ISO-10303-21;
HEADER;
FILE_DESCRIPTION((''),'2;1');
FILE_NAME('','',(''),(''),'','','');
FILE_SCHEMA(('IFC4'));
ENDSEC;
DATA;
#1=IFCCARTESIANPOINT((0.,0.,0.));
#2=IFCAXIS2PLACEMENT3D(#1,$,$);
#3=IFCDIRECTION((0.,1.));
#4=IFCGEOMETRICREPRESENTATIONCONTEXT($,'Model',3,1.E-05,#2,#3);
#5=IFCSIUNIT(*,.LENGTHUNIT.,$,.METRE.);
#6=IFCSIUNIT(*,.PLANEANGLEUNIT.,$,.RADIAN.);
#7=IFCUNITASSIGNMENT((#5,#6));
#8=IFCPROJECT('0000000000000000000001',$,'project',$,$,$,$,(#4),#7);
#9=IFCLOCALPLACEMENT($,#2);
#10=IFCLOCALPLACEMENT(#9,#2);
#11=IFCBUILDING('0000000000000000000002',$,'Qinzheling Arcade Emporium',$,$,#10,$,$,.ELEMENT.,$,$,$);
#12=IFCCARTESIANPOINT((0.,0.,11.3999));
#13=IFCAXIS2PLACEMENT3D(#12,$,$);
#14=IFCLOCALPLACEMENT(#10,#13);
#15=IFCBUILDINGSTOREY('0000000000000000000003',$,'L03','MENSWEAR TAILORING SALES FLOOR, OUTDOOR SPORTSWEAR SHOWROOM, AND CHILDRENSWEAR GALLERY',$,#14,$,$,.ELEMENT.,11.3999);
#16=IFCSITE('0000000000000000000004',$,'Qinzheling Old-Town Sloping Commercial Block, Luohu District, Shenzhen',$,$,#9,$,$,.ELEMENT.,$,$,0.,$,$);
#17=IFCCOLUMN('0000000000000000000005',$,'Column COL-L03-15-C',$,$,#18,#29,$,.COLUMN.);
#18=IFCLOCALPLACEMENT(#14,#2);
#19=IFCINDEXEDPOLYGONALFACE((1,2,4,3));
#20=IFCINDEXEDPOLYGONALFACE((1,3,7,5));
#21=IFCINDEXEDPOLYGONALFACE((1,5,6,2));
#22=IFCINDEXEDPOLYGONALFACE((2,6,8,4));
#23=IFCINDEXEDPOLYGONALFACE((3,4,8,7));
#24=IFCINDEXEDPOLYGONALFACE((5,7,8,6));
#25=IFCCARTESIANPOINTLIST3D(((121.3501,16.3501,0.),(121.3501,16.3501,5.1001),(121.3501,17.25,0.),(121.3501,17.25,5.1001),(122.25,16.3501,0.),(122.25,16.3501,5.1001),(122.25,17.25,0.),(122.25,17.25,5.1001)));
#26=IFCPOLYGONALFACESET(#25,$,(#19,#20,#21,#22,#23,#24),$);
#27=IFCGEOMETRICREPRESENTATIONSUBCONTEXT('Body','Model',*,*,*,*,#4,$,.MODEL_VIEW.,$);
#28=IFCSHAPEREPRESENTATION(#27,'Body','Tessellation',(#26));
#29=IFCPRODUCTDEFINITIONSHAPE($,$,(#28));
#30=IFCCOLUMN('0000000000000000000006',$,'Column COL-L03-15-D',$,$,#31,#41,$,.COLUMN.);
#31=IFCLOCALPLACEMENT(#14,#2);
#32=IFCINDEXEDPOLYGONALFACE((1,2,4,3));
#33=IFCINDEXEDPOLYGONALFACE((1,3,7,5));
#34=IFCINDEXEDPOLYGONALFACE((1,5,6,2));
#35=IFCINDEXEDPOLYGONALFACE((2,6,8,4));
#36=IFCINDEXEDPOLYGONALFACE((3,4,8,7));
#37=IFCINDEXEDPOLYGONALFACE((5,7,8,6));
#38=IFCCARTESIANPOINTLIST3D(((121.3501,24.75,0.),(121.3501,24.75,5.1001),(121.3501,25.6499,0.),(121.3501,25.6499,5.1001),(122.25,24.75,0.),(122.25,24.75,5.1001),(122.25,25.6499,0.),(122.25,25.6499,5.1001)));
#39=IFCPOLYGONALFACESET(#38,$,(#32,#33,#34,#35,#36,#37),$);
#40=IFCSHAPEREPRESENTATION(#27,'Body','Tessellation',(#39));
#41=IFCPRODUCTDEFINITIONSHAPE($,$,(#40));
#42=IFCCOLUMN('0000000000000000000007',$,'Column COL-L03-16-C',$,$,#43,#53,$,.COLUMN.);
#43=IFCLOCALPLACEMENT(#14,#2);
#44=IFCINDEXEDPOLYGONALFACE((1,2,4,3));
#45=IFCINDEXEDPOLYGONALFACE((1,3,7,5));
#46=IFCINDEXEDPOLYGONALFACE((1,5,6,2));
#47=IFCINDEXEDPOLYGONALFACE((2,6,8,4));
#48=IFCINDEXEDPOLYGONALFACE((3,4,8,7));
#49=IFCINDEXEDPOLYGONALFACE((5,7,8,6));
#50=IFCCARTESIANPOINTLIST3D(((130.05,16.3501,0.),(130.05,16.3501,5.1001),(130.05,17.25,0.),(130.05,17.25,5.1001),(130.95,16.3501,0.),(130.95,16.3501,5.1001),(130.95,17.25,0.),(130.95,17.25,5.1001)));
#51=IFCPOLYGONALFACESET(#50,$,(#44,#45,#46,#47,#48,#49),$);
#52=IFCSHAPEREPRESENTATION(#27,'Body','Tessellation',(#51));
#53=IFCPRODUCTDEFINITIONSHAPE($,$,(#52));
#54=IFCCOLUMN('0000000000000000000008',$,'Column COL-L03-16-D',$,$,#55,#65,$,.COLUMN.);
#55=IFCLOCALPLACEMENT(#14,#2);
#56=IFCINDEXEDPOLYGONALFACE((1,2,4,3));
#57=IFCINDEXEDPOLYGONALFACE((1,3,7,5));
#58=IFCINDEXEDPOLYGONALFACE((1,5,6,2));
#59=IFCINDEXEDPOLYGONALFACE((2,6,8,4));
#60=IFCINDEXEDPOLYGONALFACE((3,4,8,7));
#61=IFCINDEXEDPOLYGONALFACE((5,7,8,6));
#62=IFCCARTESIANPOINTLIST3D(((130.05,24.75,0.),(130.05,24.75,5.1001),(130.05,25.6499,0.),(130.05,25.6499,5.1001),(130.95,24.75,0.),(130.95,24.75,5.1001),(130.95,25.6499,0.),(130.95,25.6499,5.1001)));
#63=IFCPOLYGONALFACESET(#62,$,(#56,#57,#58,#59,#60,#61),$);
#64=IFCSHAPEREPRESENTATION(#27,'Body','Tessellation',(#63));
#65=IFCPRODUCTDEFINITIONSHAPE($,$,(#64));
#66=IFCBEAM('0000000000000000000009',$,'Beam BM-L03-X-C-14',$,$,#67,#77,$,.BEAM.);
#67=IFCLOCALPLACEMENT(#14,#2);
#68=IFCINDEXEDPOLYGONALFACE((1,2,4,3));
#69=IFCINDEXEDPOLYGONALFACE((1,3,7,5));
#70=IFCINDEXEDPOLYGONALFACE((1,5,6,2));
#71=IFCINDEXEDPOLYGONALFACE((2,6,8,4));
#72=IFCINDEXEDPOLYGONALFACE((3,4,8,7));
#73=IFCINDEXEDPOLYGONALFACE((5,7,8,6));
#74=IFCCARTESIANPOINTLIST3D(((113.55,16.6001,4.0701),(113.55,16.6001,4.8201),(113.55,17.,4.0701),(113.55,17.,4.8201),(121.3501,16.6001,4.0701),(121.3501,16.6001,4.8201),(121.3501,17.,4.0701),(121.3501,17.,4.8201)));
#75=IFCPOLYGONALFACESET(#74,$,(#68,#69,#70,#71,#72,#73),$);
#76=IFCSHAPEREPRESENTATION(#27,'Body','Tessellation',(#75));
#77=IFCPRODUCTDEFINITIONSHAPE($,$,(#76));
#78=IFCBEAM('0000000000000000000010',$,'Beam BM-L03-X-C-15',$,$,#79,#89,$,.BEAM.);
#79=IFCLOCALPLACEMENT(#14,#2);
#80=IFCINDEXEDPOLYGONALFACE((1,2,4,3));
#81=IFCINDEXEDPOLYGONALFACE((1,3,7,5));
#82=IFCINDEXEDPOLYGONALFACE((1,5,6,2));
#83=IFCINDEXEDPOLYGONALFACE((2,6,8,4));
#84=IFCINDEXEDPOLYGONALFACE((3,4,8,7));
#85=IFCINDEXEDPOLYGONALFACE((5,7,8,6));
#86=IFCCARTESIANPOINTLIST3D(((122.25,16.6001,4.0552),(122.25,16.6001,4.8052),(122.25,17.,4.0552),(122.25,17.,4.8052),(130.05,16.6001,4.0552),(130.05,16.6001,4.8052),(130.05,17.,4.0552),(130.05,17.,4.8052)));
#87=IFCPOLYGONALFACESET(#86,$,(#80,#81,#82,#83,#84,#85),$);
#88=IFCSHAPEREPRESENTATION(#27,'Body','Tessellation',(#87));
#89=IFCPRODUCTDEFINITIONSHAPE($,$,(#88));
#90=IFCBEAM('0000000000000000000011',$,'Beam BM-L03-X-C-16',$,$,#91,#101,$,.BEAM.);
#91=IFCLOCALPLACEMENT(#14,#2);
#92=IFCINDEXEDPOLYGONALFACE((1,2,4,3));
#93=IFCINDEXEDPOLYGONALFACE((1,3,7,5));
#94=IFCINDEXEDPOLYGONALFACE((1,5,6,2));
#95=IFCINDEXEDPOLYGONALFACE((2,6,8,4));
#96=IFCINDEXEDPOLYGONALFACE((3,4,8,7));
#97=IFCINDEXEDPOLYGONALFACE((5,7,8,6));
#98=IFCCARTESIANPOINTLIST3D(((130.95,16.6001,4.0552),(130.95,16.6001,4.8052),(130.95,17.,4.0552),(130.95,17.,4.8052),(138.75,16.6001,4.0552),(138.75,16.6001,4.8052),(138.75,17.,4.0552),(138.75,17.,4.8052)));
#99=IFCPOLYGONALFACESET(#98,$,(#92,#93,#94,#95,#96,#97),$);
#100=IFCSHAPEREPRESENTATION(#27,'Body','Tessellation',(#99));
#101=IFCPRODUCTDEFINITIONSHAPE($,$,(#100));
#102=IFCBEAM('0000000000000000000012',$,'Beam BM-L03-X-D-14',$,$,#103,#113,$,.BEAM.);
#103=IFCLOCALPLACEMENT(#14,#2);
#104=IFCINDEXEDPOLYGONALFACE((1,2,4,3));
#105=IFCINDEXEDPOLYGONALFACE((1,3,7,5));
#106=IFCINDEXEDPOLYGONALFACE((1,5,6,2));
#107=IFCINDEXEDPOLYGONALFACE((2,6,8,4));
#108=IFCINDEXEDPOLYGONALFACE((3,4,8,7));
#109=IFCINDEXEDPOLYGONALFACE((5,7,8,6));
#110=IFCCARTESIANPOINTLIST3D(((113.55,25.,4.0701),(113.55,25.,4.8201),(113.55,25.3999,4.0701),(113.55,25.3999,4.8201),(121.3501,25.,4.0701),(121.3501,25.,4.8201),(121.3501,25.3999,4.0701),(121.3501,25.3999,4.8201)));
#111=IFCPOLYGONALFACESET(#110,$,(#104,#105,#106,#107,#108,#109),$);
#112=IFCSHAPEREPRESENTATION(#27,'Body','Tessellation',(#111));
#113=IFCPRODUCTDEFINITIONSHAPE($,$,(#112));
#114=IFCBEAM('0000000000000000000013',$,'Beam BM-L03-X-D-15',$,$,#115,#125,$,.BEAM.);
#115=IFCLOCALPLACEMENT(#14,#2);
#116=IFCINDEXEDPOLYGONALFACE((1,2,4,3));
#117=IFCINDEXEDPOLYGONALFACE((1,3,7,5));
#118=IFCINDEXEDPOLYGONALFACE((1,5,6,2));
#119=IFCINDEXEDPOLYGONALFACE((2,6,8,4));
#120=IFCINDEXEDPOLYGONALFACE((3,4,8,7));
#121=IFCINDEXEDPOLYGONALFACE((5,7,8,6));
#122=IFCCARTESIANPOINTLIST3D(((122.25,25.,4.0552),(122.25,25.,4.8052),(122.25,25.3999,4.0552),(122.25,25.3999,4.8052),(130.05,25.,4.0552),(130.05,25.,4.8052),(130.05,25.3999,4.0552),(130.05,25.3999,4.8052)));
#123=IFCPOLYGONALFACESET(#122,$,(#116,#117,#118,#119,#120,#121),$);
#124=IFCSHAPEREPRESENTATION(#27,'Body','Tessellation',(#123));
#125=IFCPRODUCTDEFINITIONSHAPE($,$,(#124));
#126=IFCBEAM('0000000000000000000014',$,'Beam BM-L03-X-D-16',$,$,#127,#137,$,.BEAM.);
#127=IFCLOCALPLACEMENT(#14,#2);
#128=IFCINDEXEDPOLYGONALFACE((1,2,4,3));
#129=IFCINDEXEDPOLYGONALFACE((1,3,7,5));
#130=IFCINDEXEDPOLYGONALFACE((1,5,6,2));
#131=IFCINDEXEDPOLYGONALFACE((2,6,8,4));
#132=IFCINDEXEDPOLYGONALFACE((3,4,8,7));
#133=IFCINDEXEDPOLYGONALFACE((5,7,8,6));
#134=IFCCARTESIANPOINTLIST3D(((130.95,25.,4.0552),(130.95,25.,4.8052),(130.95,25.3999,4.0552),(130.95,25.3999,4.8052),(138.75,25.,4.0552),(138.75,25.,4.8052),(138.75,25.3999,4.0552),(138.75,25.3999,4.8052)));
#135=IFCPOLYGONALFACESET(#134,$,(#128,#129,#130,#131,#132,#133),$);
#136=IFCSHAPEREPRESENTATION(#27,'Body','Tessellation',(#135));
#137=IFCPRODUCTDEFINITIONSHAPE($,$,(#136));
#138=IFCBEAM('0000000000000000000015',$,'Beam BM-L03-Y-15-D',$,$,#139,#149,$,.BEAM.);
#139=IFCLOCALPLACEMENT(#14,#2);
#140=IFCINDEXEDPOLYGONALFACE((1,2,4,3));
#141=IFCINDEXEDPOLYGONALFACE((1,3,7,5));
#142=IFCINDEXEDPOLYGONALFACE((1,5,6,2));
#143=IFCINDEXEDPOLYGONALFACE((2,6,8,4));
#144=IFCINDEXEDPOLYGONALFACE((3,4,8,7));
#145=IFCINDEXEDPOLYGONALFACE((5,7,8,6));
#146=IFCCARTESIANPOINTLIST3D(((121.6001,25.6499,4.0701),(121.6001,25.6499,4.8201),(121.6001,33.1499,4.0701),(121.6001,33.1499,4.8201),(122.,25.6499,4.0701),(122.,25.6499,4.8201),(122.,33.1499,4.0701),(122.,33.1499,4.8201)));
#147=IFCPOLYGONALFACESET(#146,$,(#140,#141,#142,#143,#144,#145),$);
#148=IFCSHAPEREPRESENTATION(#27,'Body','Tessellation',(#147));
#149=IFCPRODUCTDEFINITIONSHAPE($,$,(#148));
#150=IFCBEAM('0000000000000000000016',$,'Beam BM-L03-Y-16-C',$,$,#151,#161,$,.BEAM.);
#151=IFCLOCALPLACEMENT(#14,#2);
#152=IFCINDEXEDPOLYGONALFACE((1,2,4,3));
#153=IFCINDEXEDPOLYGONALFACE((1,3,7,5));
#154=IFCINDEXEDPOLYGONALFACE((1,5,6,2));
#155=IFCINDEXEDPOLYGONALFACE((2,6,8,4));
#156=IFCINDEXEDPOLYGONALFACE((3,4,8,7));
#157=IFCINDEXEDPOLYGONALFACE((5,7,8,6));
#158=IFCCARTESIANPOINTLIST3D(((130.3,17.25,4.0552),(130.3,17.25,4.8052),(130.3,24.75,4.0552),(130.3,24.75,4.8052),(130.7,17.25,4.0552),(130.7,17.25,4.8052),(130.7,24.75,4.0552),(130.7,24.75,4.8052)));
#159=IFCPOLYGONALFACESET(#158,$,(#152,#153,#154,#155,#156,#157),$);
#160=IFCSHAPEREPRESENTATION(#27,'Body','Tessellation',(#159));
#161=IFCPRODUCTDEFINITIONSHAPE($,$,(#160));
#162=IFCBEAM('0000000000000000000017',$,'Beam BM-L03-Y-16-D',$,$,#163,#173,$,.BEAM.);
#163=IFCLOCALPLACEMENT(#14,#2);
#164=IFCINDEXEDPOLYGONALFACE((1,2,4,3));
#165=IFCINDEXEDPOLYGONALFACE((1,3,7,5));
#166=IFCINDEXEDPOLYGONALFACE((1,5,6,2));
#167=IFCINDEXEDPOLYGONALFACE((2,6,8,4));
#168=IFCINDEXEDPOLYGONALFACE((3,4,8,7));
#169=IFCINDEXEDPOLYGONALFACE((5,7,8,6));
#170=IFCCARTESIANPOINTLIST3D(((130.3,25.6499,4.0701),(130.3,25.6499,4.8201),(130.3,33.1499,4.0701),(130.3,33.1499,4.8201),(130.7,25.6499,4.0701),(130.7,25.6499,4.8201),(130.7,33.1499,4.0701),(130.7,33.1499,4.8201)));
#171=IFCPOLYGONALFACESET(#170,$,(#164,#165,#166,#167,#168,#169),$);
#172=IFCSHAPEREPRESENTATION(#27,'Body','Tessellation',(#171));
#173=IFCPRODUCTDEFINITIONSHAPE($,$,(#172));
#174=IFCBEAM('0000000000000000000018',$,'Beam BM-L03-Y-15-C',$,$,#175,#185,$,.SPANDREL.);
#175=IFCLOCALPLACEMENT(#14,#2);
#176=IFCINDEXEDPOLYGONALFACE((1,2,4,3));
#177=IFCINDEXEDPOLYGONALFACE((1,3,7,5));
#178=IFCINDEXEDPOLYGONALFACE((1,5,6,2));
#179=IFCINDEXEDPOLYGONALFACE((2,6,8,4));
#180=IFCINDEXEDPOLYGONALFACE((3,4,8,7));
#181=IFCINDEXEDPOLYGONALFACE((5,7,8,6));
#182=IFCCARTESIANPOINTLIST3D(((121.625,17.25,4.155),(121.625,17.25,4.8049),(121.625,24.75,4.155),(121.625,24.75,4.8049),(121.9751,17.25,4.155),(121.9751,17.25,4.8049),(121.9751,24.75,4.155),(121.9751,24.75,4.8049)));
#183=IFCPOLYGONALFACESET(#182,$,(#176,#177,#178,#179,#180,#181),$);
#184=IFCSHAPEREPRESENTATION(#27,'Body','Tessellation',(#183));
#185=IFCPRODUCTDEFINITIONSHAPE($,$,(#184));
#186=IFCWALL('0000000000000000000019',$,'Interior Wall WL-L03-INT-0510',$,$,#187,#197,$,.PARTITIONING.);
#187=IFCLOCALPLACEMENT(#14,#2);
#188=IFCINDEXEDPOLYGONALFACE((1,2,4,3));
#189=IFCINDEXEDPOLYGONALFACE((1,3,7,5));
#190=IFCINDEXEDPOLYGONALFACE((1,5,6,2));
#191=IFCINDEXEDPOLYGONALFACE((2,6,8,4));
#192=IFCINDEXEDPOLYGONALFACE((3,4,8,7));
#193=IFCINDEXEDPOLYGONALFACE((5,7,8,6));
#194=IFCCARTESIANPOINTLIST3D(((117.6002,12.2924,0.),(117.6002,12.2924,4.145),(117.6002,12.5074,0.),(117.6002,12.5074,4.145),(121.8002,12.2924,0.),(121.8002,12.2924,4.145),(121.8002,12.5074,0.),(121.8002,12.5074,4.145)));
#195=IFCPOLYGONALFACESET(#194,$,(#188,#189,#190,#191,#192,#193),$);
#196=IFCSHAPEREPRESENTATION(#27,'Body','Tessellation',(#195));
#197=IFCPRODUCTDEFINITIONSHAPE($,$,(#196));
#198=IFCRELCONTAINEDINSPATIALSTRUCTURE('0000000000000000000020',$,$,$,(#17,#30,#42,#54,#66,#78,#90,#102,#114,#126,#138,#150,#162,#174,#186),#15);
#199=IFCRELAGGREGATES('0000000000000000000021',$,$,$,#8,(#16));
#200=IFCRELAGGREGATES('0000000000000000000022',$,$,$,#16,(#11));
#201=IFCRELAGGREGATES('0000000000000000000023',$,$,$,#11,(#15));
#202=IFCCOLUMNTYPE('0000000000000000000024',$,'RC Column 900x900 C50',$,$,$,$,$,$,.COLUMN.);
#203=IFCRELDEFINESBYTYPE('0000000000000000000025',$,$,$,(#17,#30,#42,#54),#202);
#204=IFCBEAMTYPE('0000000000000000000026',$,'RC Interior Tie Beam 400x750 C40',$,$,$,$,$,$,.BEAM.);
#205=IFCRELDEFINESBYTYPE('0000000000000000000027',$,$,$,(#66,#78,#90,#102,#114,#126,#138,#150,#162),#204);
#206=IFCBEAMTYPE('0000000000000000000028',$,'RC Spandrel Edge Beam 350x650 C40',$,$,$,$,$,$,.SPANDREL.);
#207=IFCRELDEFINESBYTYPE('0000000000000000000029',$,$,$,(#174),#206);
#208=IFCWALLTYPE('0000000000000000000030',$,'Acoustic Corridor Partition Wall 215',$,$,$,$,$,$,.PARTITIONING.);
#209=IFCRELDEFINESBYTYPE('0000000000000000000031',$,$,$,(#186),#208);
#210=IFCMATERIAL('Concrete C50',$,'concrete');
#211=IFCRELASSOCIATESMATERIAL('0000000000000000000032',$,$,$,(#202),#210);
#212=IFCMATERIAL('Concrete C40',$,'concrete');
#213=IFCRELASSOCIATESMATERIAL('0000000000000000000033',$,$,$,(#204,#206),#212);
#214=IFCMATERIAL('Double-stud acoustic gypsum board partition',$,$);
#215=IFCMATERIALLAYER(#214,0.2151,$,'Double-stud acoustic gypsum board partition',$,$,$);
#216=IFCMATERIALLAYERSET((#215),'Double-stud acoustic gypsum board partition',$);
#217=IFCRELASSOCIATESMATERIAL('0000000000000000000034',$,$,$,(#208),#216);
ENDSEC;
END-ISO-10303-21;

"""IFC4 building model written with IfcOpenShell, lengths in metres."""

from ifc_helpers import new_model, si_unit, direction, frame, frame_2d, origin, origin_2d, place, context, subcontext, project, spatial, rectangle, extrude, material, layer, layer_set, material_profile, profile_set, type_object, element, save


model = new_model("IFC4")

# Units and contexts
model_context = context("Model", 3, precision=1e-05, world=origin(), true_north=direction((0.0, 1.0)))
body_context = subcontext(model_context, "Body", "Model", "MODEL_VIEW")
ifc_project = project(units=[si_unit("LENGTHUNIT", "METRE"), si_unit("PLANEANGLEUNIT", "RADIAN")], contexts=[model_context])

# Site, building, storey
site_placement = place(None, origin())
site = spatial("IfcSite", under=ifc_project, at=site_placement, Name="Qinzheling Old-Town Sloping Commercial Block, Luohu District, Shenzhen", CompositionType="ELEMENT", RefElevation=0.0)
building_placement = place(site_placement, origin())
building = spatial("IfcBuilding", under=site, at=building_placement, Name="Qinzheling Arcade Emporium", CompositionType="ELEMENT")
storey_placement = place(building_placement, frame((0.0, 0.0, 11.3999)))
storey = spatial("IfcBuildingStorey", under=building, at=storey_placement, Name="L03", Description="MENSWEAR TAILORING SALES FLOOR, OUTDOOR SPORTSWEAR SHOWROOM, AND CHILDRENSWEAR GALLERY", CompositionType="ELEMENT", Elevation=11.3999)

# Columns
ifc_material_1 = material(Name="Concrete C50", Category="concrete")
ifc_material_profile_1 = material_profile(ifc_material_1, rectangle(XDim=0.8999, YDim=0.8999, at=origin_2d()), Name="RC 900x900", Category="concrete")
ifc_profile_set_1 = profile_set([ifc_material_profile_1], Name="Concrete C50")
column_type = type_object("IfcColumnType", Name="RC Column 900x900 C50", PredefinedType="COLUMN", material=ifc_profile_set_1)
for number, where, z_axis, x_axis, name in (
    (1, (121.8, 16.8, 0.0), (0.0, 0.0, 1.0), (1.0, 0.0, 0.0), "Column COL-L03-15-C"),
    (2, (121.8, 25.2, 0.0), (0.0, 0.0, 1.0), (1.0, 0.0, 0.0), "Column COL-L03-15-D"),
    (3, (130.5, 16.8, 0.0), (0.0, 0.0, 1.0), (1.0, 0.0, 0.0), "Column COL-L03-16-C"),
    (4, (130.5, 25.2, 0.0), (0.0, 0.0, 1.0), (1.0, 0.0, 0.0), "Column COL-L03-16-D"),
):
    element("IfcColumn", number, at=place(storey_placement, frame(where, z_axis=z_axis, x_axis=x_axis)), inside=storey, type_object=column_type, Name=name, PredefinedType="COLUMN", context=body_context, shape_type="SweptSolid", body=[
        extrude(rectangle(XDim=0.8999, YDim=0.8999, at=origin_2d()), origin(), (0.0, 0.0, 1.0), 5.1001),
    ])

# Beams
ifc_material_2 = material(Name="Concrete C40", Category="concrete")
ifc_material_profile_2 = material_profile(ifc_material_2, rectangle(XDim=0.3999, YDim=0.75, at=origin_2d()), Name="RC 400x750", Category="concrete")
ifc_profile_set_2 = profile_set([ifc_material_profile_2], Name="Concrete C40")
beam_type_1 = type_object("IfcBeamType", Name="RC Interior Tie Beam 400x750 C40", PredefinedType="BEAM", material=ifc_profile_set_2)
for number, where, z_axis, x_axis, name in (
    (5, (113.55, 16.8, 4.4451), (1.0, 0.0, 0.0), (0.0, 1.0, 0.0), "Beam BM-L03-X-C-14"),
    (6, (122.25, 16.8, 4.4302), (1.0, 0.0, 0.0), (0.0, 1.0, 0.0), "Beam BM-L03-X-C-15"),
    (7, (130.95, 16.8, 4.4302), (1.0, 0.0, 0.0), (0.0, 1.0, 0.0), "Beam BM-L03-X-C-16"),
    (8, (113.55, 25.2, 4.4451), (1.0, 0.0, 0.0), (0.0, 1.0, 0.0), "Beam BM-L03-X-D-14"),
    (9, (122.25, 25.2, 4.4302), (1.0, 0.0, 0.0), (0.0, 1.0, 0.0), "Beam BM-L03-X-D-15"),
    (10, (130.95, 25.2, 4.4302), (1.0, 0.0, 0.0), (0.0, 1.0, 0.0), "Beam BM-L03-X-D-16"),
):
    element("IfcBeam", number, at=place(storey_placement, frame(where, z_axis=z_axis, x_axis=x_axis)), inside=storey, type_object=beam_type_1, Name=name, PredefinedType="BEAM", context=body_context, shape_type="SweptSolid", body=[
        extrude(rectangle(XDim=0.3999, YDim=0.75, at=origin_2d()), origin(), (0.0, 0.0, 1.0), 7.8),
    ])
for number, where, z_axis, x_axis, name in (
    (11, (121.8, 25.6499, 4.4451), (0.0, 1.0, 0.0), (-1.0, 0.0, 0.0), "Beam BM-L03-Y-15-D"),
    (12, (130.5, 17.25, 4.4302), (0.0, 1.0, 0.0), (-1.0, 0.0, 0.0), "Beam BM-L03-Y-16-C"),
    (13, (130.5, 25.6499, 4.4451), (0.0, 1.0, 0.0), (-1.0, 0.0, 0.0), "Beam BM-L03-Y-16-D"),
):
    element("IfcBeam", number, at=place(storey_placement, frame(where, z_axis=z_axis, x_axis=x_axis)), inside=storey, type_object=beam_type_1, Name=name, PredefinedType="BEAM", context=body_context, shape_type="SweptSolid", body=[
        extrude(rectangle(XDim=0.3999, YDim=0.75, at=origin_2d()), origin(), (0.0, 0.0, 1.0), 7.5),
    ])
ifc_material_profile_3 = material_profile(ifc_material_2, rectangle(XDim=0.3501, YDim=0.6499, at=origin_2d()), Name="RC 350x650", Category="concrete")
ifc_profile_set_3 = profile_set([ifc_material_profile_3], Name="Concrete C40")
beam_type_2 = type_object("IfcBeamType", Name="RC Spandrel Edge Beam 350x650 C40", PredefinedType="SPANDREL", material=ifc_profile_set_3)
beam_placement = place(storey_placement, frame((121.8, 17.25, 4.48), z_axis=(0.0, 1.0, 0.0), x_axis=(-1.0, 0.0, 0.0)))
element("IfcBeam", 14, at=beam_placement, inside=storey, type_object=beam_type_2, Name="Beam BM-L03-Y-15-C", PredefinedType="SPANDREL", context=body_context, shape_type="SweptSolid", body=[
    extrude(rectangle(XDim=0.3501, YDim=0.6499, at=origin_2d()), origin(), (0.0, 0.0, 1.0), 7.5),
])

# Wall
ifc_material_3 = material(Name="Double-stud acoustic gypsum board partition")
ifc_layer_1 = layer(ifc_material_3, 0.2151, Name="Double-stud acoustic gypsum board partition")
ifc_layer_set_1 = layer_set([ifc_layer_1], Name="Double-stud acoustic gypsum board partition")
wall_type_1 = type_object("IfcWallType", Name="Acoustic Corridor Partition Wall 215", PredefinedType="PARTITIONING", material=ifc_layer_set_1)
wall_1_placement = place(storey_placement, frame((117.6001, 12.3999, 0.0), z_axis=(0.0, 0.0, 1.0), x_axis=(1.0, 0.0, 0.0)))
element("IfcWall", 15, at=wall_1_placement, inside=storey, type_object=wall_type_1, Name="Interior Wall WL-L03-INT-0510", PredefinedType="PARTITIONING", context=body_context, shape_type="SweptSolid", body=[
    extrude(rectangle(XDim=4.2, YDim=0.2151, at=frame_2d((2.1001, 0.0))), origin(), (0.0, 0.0, 1.0), 4.145),
])

save(model, "model.ifc")
